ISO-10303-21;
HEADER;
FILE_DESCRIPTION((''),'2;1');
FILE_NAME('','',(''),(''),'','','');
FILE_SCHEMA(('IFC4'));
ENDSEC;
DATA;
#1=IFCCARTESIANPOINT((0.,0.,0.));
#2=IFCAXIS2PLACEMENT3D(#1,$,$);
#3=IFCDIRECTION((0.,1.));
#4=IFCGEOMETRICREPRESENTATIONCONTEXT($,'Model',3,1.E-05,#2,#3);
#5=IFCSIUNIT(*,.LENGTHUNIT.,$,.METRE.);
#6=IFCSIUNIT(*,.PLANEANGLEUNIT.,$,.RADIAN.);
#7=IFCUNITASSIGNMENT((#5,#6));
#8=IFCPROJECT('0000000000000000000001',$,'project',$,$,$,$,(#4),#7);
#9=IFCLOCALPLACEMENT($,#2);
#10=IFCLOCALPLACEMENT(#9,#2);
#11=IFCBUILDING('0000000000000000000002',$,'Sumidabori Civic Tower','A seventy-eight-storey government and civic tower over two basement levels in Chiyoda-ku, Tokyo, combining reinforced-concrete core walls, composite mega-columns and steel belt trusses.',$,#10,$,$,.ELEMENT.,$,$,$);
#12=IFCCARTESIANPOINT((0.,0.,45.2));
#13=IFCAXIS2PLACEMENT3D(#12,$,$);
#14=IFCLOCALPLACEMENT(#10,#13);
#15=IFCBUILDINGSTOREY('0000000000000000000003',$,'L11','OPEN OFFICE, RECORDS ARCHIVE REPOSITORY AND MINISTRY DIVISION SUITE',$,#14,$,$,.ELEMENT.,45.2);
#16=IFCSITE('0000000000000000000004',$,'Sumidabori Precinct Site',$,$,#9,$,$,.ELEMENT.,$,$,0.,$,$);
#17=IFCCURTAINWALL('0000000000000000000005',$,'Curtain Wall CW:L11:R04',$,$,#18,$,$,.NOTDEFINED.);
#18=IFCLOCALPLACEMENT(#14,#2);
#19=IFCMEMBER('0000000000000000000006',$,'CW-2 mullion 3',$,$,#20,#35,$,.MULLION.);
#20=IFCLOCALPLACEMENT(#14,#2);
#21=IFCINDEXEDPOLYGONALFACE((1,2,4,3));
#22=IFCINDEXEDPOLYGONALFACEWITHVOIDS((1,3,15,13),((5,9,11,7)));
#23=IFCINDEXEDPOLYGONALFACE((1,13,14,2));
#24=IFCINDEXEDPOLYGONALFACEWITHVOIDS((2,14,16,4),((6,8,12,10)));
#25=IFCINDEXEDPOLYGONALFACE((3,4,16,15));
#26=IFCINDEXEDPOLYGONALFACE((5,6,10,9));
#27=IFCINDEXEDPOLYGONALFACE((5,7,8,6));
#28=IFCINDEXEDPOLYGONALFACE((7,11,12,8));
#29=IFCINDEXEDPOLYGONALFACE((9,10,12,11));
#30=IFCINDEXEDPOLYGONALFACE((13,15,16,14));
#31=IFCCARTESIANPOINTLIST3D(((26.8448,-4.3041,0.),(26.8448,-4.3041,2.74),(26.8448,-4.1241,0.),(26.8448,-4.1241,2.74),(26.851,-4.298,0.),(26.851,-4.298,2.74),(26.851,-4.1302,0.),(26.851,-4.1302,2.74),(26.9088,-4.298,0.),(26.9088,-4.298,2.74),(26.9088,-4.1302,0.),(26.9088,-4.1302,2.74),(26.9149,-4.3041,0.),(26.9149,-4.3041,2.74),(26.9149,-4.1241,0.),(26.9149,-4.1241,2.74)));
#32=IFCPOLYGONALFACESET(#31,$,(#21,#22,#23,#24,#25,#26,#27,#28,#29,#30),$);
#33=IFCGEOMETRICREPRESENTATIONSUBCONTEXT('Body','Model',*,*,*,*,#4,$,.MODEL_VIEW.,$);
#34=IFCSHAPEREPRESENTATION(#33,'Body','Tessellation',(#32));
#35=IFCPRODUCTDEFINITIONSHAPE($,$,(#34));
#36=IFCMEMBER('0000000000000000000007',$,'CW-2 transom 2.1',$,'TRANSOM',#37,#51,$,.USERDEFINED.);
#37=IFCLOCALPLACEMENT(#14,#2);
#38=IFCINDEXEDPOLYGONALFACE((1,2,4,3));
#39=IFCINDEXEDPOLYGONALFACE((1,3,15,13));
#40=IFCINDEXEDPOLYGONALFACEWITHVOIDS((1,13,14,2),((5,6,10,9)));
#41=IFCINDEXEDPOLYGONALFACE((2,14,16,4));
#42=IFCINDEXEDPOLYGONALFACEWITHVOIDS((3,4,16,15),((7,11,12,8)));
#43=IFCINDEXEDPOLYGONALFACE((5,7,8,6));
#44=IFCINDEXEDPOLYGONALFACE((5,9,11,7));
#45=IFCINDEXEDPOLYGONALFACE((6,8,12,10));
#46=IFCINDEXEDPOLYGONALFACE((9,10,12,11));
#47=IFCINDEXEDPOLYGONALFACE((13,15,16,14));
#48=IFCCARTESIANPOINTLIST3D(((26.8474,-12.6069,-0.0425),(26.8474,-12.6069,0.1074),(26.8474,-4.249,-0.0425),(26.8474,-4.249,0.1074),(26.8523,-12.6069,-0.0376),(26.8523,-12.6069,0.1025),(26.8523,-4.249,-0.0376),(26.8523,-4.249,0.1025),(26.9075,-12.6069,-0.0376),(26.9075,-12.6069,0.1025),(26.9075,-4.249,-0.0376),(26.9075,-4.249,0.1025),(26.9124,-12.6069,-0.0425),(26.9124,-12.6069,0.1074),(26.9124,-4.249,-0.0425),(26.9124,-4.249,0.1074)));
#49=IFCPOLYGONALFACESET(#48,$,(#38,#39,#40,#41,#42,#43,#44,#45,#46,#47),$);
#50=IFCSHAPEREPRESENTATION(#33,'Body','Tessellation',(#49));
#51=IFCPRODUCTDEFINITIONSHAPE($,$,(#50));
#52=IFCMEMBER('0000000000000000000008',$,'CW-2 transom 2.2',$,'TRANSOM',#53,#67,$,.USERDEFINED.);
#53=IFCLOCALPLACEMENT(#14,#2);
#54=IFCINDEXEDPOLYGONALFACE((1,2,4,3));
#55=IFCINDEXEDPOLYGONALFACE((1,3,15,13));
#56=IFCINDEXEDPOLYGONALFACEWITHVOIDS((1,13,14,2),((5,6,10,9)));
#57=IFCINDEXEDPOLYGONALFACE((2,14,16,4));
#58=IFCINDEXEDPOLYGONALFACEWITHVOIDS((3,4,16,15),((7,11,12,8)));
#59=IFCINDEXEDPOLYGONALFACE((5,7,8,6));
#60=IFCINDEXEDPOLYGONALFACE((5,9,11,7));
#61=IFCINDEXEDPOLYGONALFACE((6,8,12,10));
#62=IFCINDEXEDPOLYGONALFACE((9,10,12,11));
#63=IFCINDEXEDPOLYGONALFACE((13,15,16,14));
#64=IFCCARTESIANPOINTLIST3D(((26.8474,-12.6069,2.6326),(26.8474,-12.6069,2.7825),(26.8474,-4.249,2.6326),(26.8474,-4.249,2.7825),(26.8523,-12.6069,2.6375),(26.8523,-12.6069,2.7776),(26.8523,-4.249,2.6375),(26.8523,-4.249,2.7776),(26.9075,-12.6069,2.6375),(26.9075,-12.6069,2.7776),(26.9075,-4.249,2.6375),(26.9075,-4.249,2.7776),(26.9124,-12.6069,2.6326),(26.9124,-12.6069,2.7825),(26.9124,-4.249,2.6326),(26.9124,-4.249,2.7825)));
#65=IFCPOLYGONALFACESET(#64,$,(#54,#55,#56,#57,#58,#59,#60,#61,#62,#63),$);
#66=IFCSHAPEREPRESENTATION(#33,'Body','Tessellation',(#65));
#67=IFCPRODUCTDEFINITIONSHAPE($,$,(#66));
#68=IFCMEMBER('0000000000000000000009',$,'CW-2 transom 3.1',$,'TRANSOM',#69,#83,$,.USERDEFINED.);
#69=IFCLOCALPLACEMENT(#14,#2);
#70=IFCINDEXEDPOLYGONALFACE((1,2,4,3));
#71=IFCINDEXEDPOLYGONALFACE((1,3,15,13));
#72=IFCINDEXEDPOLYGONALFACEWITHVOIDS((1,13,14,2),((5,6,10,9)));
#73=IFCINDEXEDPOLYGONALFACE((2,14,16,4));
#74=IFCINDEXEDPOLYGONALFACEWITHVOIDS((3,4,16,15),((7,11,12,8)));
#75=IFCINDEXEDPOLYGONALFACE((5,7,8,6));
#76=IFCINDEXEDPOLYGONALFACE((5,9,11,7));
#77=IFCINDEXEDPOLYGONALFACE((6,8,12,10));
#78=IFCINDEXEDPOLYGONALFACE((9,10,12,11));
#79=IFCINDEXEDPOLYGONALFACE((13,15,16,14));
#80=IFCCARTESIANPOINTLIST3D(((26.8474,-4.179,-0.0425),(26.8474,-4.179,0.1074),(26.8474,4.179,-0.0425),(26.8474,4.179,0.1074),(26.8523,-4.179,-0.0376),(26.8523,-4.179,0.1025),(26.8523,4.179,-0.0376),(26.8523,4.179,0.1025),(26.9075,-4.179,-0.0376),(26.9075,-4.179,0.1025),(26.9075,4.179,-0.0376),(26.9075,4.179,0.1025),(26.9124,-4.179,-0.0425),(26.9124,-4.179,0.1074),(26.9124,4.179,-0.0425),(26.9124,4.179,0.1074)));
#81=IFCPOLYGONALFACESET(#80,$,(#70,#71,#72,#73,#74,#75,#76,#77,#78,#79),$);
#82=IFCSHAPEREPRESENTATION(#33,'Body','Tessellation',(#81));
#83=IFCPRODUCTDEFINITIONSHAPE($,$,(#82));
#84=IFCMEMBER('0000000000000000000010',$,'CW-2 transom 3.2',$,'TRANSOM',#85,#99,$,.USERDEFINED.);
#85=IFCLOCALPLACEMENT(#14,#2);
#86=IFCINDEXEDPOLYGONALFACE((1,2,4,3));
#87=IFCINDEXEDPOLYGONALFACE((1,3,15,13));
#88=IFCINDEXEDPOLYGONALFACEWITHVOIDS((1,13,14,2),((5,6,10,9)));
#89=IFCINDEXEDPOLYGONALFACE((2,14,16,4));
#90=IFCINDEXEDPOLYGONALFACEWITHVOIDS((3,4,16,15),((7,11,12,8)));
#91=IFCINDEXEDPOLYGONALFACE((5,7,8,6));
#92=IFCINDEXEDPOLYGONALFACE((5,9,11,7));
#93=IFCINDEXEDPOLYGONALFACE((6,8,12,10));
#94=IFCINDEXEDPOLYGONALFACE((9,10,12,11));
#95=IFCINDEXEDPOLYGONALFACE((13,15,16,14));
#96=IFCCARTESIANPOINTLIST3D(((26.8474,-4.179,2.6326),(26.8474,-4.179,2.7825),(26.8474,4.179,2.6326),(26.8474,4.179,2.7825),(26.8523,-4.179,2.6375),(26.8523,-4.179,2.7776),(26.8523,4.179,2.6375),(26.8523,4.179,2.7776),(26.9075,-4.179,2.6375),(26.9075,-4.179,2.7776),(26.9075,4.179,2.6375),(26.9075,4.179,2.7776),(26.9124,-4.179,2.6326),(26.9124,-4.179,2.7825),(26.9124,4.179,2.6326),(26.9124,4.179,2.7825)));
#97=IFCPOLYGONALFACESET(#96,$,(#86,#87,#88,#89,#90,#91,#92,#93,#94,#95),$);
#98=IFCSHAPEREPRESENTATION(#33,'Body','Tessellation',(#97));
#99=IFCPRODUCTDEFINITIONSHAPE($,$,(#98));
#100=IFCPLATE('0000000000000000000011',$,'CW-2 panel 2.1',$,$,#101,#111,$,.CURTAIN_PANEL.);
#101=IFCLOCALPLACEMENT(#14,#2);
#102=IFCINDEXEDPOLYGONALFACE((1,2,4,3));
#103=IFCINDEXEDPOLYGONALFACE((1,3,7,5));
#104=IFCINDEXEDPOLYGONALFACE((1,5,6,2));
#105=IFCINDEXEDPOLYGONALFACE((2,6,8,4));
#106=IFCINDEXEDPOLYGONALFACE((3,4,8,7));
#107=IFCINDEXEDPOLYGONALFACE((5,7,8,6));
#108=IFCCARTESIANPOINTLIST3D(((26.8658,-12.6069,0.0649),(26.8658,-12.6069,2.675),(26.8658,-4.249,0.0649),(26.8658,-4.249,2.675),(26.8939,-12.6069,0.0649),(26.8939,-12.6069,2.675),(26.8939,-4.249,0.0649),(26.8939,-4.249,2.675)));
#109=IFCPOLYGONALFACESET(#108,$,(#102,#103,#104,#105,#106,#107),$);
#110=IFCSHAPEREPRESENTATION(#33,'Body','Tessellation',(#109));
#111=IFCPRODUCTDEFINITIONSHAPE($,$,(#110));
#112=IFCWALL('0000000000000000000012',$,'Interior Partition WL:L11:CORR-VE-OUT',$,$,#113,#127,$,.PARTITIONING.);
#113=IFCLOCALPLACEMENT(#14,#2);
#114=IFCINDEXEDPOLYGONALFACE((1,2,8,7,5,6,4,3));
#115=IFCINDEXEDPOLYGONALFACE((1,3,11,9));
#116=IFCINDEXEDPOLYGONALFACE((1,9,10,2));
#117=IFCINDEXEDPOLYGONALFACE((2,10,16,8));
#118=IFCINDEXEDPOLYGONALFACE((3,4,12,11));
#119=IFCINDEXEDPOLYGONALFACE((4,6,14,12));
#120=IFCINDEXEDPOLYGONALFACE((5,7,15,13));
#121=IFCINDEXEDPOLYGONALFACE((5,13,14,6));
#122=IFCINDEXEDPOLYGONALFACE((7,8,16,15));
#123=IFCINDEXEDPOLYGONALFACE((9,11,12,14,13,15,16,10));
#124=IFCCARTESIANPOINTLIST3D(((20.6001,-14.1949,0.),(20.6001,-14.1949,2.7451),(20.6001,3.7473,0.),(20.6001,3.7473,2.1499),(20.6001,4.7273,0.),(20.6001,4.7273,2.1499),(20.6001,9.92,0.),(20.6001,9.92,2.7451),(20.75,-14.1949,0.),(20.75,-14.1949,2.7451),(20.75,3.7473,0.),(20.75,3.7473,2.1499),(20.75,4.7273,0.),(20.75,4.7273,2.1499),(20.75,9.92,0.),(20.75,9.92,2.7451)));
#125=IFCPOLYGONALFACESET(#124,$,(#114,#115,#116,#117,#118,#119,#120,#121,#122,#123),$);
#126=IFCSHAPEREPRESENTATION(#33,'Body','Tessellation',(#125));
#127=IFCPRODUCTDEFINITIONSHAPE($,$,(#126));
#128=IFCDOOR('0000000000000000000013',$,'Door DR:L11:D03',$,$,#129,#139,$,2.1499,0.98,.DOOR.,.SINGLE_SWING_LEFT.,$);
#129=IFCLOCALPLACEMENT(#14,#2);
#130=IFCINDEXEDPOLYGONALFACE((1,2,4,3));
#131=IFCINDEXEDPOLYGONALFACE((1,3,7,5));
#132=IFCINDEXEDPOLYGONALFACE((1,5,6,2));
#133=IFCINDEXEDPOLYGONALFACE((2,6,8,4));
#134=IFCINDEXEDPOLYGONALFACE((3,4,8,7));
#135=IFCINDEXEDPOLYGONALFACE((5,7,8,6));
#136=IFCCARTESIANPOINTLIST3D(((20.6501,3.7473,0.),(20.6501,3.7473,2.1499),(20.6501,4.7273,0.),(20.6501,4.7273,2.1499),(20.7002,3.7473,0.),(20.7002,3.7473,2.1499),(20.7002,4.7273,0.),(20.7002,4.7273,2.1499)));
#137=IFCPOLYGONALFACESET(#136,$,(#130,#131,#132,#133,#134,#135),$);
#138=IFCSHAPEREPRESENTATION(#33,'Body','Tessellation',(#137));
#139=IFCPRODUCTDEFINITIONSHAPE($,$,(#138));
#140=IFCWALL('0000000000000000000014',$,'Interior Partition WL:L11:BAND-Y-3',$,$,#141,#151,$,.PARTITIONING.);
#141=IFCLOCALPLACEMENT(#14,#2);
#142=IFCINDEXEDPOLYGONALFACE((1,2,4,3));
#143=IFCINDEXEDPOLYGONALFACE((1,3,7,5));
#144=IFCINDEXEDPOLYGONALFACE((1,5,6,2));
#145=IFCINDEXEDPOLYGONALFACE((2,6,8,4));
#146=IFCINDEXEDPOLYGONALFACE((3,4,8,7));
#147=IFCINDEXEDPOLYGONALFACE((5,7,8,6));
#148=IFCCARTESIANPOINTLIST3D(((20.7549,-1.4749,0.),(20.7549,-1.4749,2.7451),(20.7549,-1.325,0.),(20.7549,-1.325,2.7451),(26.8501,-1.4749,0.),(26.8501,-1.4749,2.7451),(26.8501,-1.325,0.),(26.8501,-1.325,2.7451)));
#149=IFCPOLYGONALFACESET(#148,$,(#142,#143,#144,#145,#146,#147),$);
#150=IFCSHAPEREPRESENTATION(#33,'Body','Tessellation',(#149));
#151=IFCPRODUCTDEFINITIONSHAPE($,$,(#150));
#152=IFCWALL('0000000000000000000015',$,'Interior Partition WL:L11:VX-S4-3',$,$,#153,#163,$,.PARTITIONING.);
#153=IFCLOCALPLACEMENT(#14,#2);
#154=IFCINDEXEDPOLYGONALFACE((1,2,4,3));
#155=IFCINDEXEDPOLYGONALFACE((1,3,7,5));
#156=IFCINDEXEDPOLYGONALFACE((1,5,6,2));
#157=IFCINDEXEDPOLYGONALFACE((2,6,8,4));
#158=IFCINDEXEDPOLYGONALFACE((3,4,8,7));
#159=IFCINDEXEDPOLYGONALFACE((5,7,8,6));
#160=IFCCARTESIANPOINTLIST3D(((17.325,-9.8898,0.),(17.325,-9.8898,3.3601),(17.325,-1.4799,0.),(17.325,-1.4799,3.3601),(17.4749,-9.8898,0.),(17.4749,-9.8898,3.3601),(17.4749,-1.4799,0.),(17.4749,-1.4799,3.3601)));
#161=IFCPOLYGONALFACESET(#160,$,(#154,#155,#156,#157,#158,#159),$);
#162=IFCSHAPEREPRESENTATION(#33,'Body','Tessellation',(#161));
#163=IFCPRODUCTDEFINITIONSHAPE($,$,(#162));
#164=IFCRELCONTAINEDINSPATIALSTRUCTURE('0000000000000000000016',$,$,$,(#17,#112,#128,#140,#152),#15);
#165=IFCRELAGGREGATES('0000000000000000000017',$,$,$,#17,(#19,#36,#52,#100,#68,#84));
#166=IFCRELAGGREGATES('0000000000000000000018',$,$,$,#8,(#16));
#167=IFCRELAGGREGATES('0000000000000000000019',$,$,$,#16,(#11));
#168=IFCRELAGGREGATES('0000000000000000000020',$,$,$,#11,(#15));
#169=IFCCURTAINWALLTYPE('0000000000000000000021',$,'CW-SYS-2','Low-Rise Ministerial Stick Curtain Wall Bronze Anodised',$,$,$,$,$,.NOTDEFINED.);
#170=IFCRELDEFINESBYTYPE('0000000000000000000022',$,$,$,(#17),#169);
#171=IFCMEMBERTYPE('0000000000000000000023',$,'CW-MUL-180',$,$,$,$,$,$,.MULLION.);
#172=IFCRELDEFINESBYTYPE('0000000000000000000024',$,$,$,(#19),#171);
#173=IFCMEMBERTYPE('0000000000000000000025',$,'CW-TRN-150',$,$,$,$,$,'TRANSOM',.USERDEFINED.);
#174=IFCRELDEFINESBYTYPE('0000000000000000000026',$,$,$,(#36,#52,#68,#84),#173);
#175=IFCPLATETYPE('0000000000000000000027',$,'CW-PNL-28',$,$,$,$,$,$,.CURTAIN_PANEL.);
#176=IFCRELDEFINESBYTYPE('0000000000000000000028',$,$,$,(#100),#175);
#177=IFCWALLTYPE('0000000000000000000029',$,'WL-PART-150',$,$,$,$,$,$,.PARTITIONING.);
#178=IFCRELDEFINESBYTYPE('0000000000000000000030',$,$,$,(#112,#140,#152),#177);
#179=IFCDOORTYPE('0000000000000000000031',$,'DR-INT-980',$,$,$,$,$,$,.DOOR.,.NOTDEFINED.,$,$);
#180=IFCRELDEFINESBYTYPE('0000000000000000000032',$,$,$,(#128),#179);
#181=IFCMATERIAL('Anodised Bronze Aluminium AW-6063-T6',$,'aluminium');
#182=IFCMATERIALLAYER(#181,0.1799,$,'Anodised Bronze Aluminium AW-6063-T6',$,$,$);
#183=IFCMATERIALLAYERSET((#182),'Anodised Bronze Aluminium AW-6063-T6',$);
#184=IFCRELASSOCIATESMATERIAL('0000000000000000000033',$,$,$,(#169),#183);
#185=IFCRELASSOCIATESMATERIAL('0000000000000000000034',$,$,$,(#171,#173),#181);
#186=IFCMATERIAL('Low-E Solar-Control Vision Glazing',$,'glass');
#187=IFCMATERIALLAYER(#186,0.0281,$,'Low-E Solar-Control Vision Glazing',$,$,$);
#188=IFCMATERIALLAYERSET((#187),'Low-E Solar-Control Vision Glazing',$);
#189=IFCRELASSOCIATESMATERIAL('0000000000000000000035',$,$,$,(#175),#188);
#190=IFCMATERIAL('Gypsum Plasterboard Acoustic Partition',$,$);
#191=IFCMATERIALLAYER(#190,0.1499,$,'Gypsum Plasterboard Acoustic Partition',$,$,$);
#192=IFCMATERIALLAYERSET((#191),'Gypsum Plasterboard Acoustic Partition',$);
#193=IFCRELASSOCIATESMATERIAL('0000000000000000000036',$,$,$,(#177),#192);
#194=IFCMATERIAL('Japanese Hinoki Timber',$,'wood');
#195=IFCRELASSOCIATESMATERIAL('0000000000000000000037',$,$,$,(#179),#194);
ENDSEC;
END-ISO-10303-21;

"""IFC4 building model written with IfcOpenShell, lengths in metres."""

from ifc_helpers import new_model, si_unit, direction, frame, frame_2d, origin, origin_2d, place, context, subcontext, project, spatial, rectangle, hollow_rectangle, extrude, source, transform, mapped, material, layer, layer_set, material_profile, profile_set, type_object, element, fill, aggregate, save


model = new_model("IFC4")

# Units and contexts
model_context = context("Model", 3, precision=1e-05, world=origin(), true_north=direction((0.0, 1.0)))
body_context = subcontext(model_context, "Body", "Model", "MODEL_VIEW")
ifc_project = project(units=[si_unit("LENGTHUNIT", "METRE"), si_unit("PLANEANGLEUNIT", "RADIAN")], contexts=[model_context])

# Site, building, storey
site_placement = place(None, origin())
site = spatial("IfcSite", under=ifc_project, at=site_placement, Name="Sumidabori Precinct Site", CompositionType="ELEMENT", RefElevation=0.0)
building_placement = place(site_placement, origin())
building = spatial("IfcBuilding", under=site, at=building_placement, Name="Sumidabori Civic Tower", Description="A seventy-eight-storey government and civic tower over two basement levels in Chiyoda-ku, Tokyo, combining reinforced-concrete core walls, composite mega-columns and steel belt trusses.", CompositionType="ELEMENT")
storey_placement = place(building_placement, frame((0.0, 0.0, 45.2)))
storey = spatial("IfcBuildingStorey", under=building, at=storey_placement, Name="L11", Description="OPEN OFFICE, RECORDS ARCHIVE REPOSITORY AND MINISTRY DIVISION SUITE", CompositionType="ELEMENT", Elevation=45.2)

# Curtain wall, members, plate
ifc_material_1 = material(Name="Anodised Bronze Aluminium AW-6063-T6", Category="aluminium")
ifc_layer_1 = layer(ifc_material_1, 0.1799, Name="Anodised Bronze Aluminium AW-6063-T6")
ifc_layer_set_1 = layer_set([ifc_layer_1], Name="Anodised Bronze Aluminium AW-6063-T6")
curtain_wall_type = type_object("IfcCurtainWallType", Name="CW-SYS-2", Description="Low-Rise Ministerial Stick Curtain Wall Bronze Anodised", PredefinedType="NOTDEFINED", material=ifc_layer_set_1)
curtain_wall_placement = place(storey_placement, origin())
curtain_wall = element("IfcCurtainWall", 1, at=curtain_wall_placement, inside=storey, type_object=curtain_wall_type, Name="Curtain Wall CW:L11:R04", PredefinedType="NOTDEFINED")
ifc_material_profile_1 = material_profile(ifc_material_1, hollow_rectangle(XDim=0.0701, YDim=0.1799, WallThickness=0.0061, at=origin_2d()), Name="ALU MULLION 180x70")
ifc_profile_set_1 = profile_set([ifc_material_profile_1], Name="Anodised Bronze Aluminium AW-6063-T6")
member_type_1 = type_object("IfcMemberType", Name="CW-MUL-180", PredefinedType="MULLION", material=ifc_profile_set_1)
shared_shape_1 = source(origin(), body_context, "Body", "SweptSolid", [
    extrude(hollow_rectangle(XDim=0.0701, YDim=0.1799, WallThickness=0.0061, at=origin_2d()), origin(), (0.0, 0.0, 1.0), 2.74),
])
member_1_placement = place(storey_placement, frame((26.8799, -4.2141, 0.0), z_axis=(0.0, 0.0, 1.0), x_axis=(-1.0, 0.0, 0.0)))
member_1 = element("IfcMember", 2, at=member_1_placement, type_object=member_type_1, Name="CW-2 mullion 3", PredefinedType="MULLION", context=body_context, shape_type="MappedRepresentation", body=[
    mapped(shared_shape_1, transform((0.0, 0.0, 0.0), x_axis=(1.0, 0.0, 0.0), y_axis=(0.0, 1.0, 0.0), z_axis=(0.0, 0.0, 1.0), scale=1.0)),
])
ifc_material_profile_2 = material_profile(ifc_material_1, hollow_rectangle(XDim=0.0649, YDim=0.1499, WallThickness=0.0049, at=origin_2d()), Name="ALU TRANSOM 150x65")
ifc_profile_set_2 = profile_set([ifc_material_profile_2], Name="Anodised Bronze Aluminium AW-6063-T6")
member_type_2 = type_object("IfcMemberType", Name="CW-TRN-150", ElementType="TRANSOM", PredefinedType="USERDEFINED", material=ifc_profile_set_2)
shared_shape_2 = source(origin(), body_context, "Body", "SweptSolid", [
    extrude(hollow_rectangle(XDim=0.0649, YDim=0.1499, WallThickness=0.0049, at=origin_2d()), origin(), (0.0, 0.0, 1.0), 8.3579),
])
member_2_placement = place(storey_placement, frame((26.8799, -12.6069, 0.0325), z_axis=(0.0, 1.0, 0.0), x_axis=(-1.0, 0.0, 0.0)))
member_2 = element("IfcMember", 3, at=member_2_placement, type_object=member_type_2, Name="CW-2 transom 2.1", ObjectType="TRANSOM", PredefinedType="USERDEFINED", context=body_context, shape_type="MappedRepresentation", body=[
    mapped(shared_shape_2, transform((0.0, 0.0, 0.0), x_axis=(1.0, 0.0, 0.0), y_axis=(0.0, 1.0, 0.0), z_axis=(0.0, 0.0, 1.0), scale=1.0)),
])
member_3_placement = place(storey_placement, frame((26.8799, -12.6069, 2.7075), z_axis=(0.0, 1.0, 0.0), x_axis=(-1.0, 0.0, 0.0)))
member_3 = element("IfcMember", 4, at=member_3_placement, type_object=member_type_2, Name="CW-2 transom 2.2", ObjectType="TRANSOM", PredefinedType="USERDEFINED", context=body_context, shape_type="MappedRepresentation", body=[
    mapped(shared_shape_2, transform((0.0, 0.0, 0.0), x_axis=(1.0, 0.0, 0.0), y_axis=(0.0, 1.0, 0.0), z_axis=(0.0, 0.0, 1.0), scale=1.0)),
])
member_4_placement = place(storey_placement, frame((26.8799, -4.179, 0.0325), z_axis=(0.0, 1.0, 0.0), x_axis=(-1.0, 0.0, 0.0)))
member_4 = element("IfcMember", 5, at=member_4_placement, type_object=member_type_2, Name="CW-2 transom 3.1", ObjectType="TRANSOM", PredefinedType="USERDEFINED", context=body_context, shape_type="MappedRepresentation", body=[
    mapped(shared_shape_2, transform((0.0, 0.0, 0.0), x_axis=(1.0, 0.0, 0.0), y_axis=(0.0, 1.0, 0.0), z_axis=(0.0, 0.0, 1.0), scale=1.0)),
])
member_5_placement = place(storey_placement, frame((26.8799, -4.179, 2.7075), z_axis=(0.0, 1.0, 0.0), x_axis=(-1.0, 0.0, 0.0)))
member_5 = element("IfcMember", 6, at=member_5_placement, type_object=member_type_2, Name="CW-2 transom 3.2", ObjectType="TRANSOM", PredefinedType="USERDEFINED", context=body_context, shape_type="MappedRepresentation", body=[
    mapped(shared_shape_2, transform((0.0, 0.0, 0.0), x_axis=(1.0, 0.0, 0.0), y_axis=(0.0, 1.0, 0.0), z_axis=(0.0, 0.0, 1.0), scale=1.0)),
])
ifc_material_2 = material(Name="Low-E Solar-Control Vision Glazing", Category="glass")
ifc_layer_2 = layer(ifc_material_2, 0.0281, Name="Low-E Solar-Control Vision Glazing")
ifc_layer_set_2 = layer_set([ifc_layer_2], Name="Low-E Solar-Control Vision Glazing")
plate_type = type_object("IfcPlateType", Name="CW-PNL-28", PredefinedType="CURTAIN_PANEL", material=ifc_layer_set_2)
shared_shape_3 = source(origin(), body_context, "Body", "SweptSolid", [
    extrude(rectangle(XDim=8.3579, YDim=0.0281, at=origin_2d()), origin(), (0.0, 0.0, 1.0), 2.6101),
])
plate_placement = place(storey_placement, frame((26.8799, -8.428, 0.0649), z_axis=(0.0, 0.0, 1.0), x_axis=(0.0, 1.0, 0.0)))
plate = element("IfcPlate", 7, at=plate_placement, type_object=plate_type, Name="CW-2 panel 2.1", PredefinedType="CURTAIN_PANEL", context=body_context, shape_type="MappedRepresentation", body=[
    mapped(shared_shape_3, transform((0.0, 0.0, 0.0), x_axis=(1.0, 0.0, 0.0), y_axis=(0.0, 1.0, 0.0), z_axis=(0.0, 0.0, 1.0), scale=1.0)),
])
aggregate(curtain_wall, [member_1, member_2, member_3, plate, member_4, member_5])

# Wall, opening, door
ifc_material_3 = material(Name="Gypsum Plasterboard Acoustic Partition")
ifc_layer_3 = layer(ifc_material_3, 0.1499, Name="Gypsum Plasterboard Acoustic Partition")
ifc_layer_set_3 = layer_set([ifc_layer_3], Name="Gypsum Plasterboard Acoustic Partition")
wall_type = type_object("IfcWallType", Name="WL-PART-150", PredefinedType="PARTITIONING", material=ifc_layer_set_3)
shared_shape_4 = source(origin(), body_context, "Body", "SweptSolid", [
    extrude(rectangle(XDim=24.115, YDim=0.1499, at=frame_2d((12.0576, 0.0))), origin(), (0.0, 0.0, 1.0), 2.7451),
])
wall_1_placement = place(storey_placement, frame((20.675, -14.1951, 0.0), z_axis=(0.0, 0.0, 1.0), x_axis=(0.0, 1.0, 0.0)))
wall_1 = element("IfcWall", 8, at=wall_1_placement, inside=storey, type_object=wall_type, Name="Interior Partition WL:L11:CORR-VE-OUT", PredefinedType="PARTITIONING", context=body_context, shape_type="MappedRepresentation", body=[
    mapped(shared_shape_4, transform((0.0, 0.0, 0.0), x_axis=(1.0, 0.0, 0.0), y_axis=(0.0, 1.0, 0.0), z_axis=(0.0, 0.0, 1.0), scale=1.0)),
])
opening_placement = place(wall_1_placement, frame((17.9424, 0.0, 0.0)))
opening = element("IfcOpeningElement", 9, at=opening_placement, cuts=wall_1, PredefinedType="OPENING", context=body_context, shape_type="SweptSolid", body=[
    extrude(rectangle(XDim=0.98, YDim=2.1499, at=frame_2d((0.49, 1.075))), frame((0.0, 0.0869, 0.0), z_axis=(0.0, -1.0, 0.0), x_axis=(1.0, 0.0, 0.0)), (0.0, 0.0, 1.0), 0.1738),
])
ifc_material_4 = material(Name="Japanese Hinoki Timber", Category="wood")
door_type = type_object("IfcDoorType", Name="DR-INT-980", OperationType="NOTDEFINED", PredefinedType="DOOR", material=ifc_material_4)
shared_shape_5 = source(origin(), body_context, "Body", "SweptSolid", [
    extrude(rectangle(XDim=0.98, YDim=2.1499, at=frame_2d((0.49, 1.075))), frame((0.0, 0.0249, 0.0), z_axis=(0.0, -1.0, 0.0), x_axis=(1.0, 0.0, 0.0)), (0.0, 0.0, 1.0), 0.05),
])
door_placement = place(opening_placement, origin())
door = element("IfcDoor", 10, at=door_placement, inside=storey, type_object=door_type, Name="Door DR:L11:D03", OperationType="SINGLE_SWING_LEFT", OverallHeight=2.1499, OverallWidth=0.98, PredefinedType="DOOR", context=body_context, shape_type="MappedRepresentation", body=[
    mapped(shared_shape_5, transform((0.0, 0.0, 0.0), x_axis=(1.0, 0.0, 0.0), y_axis=(0.0, 1.0, 0.0), z_axis=(0.0, 0.0, 1.0), scale=1.0)),
])
fill(opening, door)

# Walls
shared_shape_6 = source(origin(), body_context, "Body", "SweptSolid", [
    extrude(rectangle(XDim=6.0952, YDim=0.1499, at=frame_2d((3.0476, 0.0))), origin(), (0.0, 0.0, 1.0), 2.7451),
])
wall_2_placement = place(storey_placement, frame((20.7549, -1.3999, 0.0), z_axis=(0.0, 0.0, 1.0), x_axis=(1.0, 0.0, 0.0)))
element("IfcWall", 11, at=wall_2_placement, inside=storey, type_object=wall_type, Name="Interior Partition WL:L11:BAND-Y-3", PredefinedType="PARTITIONING", context=body_context, shape_type="MappedRepresentation", body=[
    mapped(shared_shape_6, transform((0.0, 0.0, 0.0), x_axis=(1.0, 0.0, 0.0), y_axis=(0.0, 1.0, 0.0), z_axis=(0.0, 0.0, 1.0), scale=1.0)),
])
shared_shape_7 = source(origin(), body_context, "Body", "SweptSolid", [
    extrude(rectangle(XDim=8.4099, YDim=0.1499, at=frame_2d((4.2051, 0.0))), origin(), (0.0, 0.0, 1.0), 3.3601),
])
wall_3_placement = place(storey_placement, frame((17.3999, -9.8899, 0.0), z_axis=(0.0, 0.0, 1.0), x_axis=(0.0, 1.0, 0.0)))
element("IfcWall", 12, at=wall_3_placement, inside=storey, type_object=wall_type, Name="Interior Partition WL:L11:VX-S4-3", PredefinedType="PARTITIONING", context=body_context, shape_type="MappedRepresentation", body=[
    mapped(shared_shape_7, transform((0.0, 0.0, 0.0), x_axis=(1.0, 0.0, 0.0), y_axis=(0.0, 1.0, 0.0), z_axis=(0.0, 0.0, 1.0), scale=1.0)),
])

save(model, "model.ifc")
